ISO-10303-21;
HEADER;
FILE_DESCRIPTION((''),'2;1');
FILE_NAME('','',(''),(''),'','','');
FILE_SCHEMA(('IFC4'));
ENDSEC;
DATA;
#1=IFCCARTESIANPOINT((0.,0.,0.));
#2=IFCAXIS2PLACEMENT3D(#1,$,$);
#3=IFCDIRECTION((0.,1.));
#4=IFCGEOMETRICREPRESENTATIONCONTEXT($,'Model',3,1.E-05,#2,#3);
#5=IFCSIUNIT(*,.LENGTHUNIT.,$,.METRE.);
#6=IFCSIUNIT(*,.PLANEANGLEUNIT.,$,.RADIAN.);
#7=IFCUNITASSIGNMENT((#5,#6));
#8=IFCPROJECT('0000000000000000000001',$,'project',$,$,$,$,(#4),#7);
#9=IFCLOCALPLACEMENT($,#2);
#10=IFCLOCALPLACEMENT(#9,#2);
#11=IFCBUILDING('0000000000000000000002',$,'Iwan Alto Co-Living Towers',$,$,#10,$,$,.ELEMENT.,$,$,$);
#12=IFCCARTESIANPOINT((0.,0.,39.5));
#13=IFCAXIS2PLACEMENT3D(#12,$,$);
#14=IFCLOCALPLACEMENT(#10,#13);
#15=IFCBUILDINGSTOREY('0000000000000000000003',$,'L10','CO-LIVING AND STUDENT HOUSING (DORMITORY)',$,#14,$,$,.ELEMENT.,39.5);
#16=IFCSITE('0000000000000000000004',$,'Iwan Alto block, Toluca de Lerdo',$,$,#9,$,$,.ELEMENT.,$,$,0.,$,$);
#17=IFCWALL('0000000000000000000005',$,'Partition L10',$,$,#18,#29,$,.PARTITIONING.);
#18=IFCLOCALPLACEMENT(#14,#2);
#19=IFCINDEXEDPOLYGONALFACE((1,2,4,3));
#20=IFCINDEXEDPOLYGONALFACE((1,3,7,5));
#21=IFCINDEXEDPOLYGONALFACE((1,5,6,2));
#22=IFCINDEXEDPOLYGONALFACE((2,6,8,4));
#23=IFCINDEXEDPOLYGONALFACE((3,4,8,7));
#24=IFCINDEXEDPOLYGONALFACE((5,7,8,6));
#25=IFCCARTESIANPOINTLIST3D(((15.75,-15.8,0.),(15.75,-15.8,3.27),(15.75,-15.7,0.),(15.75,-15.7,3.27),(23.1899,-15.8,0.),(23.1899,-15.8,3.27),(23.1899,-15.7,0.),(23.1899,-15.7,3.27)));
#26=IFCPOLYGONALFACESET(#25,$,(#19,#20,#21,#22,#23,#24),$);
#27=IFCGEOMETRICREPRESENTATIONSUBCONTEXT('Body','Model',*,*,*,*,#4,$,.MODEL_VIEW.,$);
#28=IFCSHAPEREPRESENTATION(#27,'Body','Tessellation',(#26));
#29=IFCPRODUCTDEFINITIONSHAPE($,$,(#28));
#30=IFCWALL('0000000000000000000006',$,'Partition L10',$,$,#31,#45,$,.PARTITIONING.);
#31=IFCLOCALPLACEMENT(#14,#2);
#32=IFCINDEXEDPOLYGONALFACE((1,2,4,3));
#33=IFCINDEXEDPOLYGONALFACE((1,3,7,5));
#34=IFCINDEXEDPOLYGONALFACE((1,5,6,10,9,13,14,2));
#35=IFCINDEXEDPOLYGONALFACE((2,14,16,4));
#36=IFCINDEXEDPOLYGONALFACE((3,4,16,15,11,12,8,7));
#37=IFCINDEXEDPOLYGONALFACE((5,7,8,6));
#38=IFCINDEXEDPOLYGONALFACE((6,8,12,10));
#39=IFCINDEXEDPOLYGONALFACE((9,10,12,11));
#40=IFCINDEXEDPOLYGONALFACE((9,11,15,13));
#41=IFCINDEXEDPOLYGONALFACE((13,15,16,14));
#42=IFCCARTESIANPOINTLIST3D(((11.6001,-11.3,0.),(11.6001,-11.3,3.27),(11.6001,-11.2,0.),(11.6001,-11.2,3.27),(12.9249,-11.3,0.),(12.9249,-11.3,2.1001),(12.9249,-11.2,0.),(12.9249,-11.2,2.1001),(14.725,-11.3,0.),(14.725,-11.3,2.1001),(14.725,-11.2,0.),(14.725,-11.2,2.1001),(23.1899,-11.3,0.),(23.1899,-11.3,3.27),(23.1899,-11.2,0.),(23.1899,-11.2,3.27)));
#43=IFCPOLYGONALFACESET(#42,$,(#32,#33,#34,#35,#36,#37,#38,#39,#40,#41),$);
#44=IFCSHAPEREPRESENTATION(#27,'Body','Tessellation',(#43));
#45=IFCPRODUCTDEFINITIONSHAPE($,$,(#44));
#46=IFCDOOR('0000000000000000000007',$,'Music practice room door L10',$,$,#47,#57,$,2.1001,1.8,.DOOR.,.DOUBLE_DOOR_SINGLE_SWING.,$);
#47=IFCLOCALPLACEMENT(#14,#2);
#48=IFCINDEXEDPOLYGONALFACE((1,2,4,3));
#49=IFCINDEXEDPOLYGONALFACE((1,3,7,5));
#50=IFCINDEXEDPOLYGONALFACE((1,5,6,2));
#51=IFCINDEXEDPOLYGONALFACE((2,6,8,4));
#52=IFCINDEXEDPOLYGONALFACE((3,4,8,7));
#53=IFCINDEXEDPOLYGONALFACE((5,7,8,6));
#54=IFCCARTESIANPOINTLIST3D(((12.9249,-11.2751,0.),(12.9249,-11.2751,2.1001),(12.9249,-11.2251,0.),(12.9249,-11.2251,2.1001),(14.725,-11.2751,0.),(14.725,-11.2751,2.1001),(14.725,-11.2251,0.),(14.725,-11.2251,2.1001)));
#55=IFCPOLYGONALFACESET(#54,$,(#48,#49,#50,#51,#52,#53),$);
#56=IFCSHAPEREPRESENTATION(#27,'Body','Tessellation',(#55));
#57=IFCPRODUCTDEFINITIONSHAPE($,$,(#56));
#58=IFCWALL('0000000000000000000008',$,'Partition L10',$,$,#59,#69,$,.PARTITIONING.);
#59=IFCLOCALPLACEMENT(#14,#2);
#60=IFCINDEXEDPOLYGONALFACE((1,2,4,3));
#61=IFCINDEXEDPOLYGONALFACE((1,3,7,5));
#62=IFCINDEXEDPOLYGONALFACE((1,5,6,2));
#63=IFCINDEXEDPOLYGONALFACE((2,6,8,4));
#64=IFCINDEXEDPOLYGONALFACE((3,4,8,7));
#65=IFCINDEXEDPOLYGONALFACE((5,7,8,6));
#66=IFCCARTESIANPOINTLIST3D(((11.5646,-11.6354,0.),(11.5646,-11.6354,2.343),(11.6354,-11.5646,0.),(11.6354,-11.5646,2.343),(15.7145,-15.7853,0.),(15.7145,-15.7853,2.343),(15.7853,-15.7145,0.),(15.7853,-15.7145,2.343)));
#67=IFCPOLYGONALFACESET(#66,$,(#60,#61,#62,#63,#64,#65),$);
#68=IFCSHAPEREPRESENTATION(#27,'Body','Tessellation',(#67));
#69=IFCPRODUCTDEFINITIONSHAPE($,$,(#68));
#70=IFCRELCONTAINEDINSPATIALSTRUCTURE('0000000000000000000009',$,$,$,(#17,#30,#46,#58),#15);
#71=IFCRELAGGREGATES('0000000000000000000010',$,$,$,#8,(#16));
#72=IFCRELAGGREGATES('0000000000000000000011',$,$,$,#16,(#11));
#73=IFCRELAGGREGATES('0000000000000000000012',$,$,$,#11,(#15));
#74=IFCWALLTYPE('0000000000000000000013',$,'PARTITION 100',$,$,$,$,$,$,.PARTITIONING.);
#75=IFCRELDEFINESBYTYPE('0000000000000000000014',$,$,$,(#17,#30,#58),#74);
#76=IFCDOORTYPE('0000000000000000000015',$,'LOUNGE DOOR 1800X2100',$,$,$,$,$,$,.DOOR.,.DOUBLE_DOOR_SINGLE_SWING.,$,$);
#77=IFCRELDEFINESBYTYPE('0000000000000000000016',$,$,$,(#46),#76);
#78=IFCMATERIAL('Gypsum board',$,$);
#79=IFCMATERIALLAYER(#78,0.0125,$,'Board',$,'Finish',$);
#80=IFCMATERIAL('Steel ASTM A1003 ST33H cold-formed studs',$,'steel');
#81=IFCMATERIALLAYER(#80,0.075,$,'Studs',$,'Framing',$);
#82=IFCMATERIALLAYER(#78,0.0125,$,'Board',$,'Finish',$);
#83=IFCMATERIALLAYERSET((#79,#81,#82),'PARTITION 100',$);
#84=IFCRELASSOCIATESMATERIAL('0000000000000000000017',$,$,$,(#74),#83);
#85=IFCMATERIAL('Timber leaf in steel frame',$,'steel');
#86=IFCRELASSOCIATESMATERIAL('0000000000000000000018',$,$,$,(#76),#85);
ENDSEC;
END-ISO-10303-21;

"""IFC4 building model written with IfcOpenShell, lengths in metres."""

from ifc_helpers import new_model, si_unit, direction, frame, frame_2d, origin, place, context, subcontext, project, spatial, rectangle, extrude, material, layer, layer_set, type_object, element, fill, save


model = new_model("IFC4")

# Units and contexts
model_context = context("Model", 3, precision=1e-05, world=origin(), true_north=direction((0.0, 1.0)))
body_context = subcontext(model_context, "Body", "Model", "MODEL_VIEW")
ifc_project = project(units=[si_unit("LENGTHUNIT", "METRE"), si_unit("PLANEANGLEUNIT", "RADIAN")], contexts=[model_context])

# Site, building, storey
site_placement = place(None, origin())
site = spatial("IfcSite", under=ifc_project, at=site_placement, Name="Iwan Alto block, Toluca de Lerdo", CompositionType="ELEMENT", RefElevation=0.0)
building_placement = place(site_placement, origin())
building = spatial("IfcBuilding", under=site, at=building_placement, Name="Iwan Alto Co-Living Towers", CompositionType="ELEMENT")
storey_placement = place(building_placement, frame((0.0, 0.0, 39.5)))
storey = spatial("IfcBuildingStorey", under=building, at=storey_placement, Name="L10", Description="CO-LIVING AND STUDENT HOUSING (DORMITORY)", CompositionType="ELEMENT", Elevation=39.5)

# Shared definitions
ifc_material_1 = material(Name="Gypsum board")
ifc_material_2 = material(Name="Steel ASTM A1003 ST33H cold-formed studs", Category="steel")

# Wall
ifc_layer_1 = layer(ifc_material_1, 0.0125, Name="Board", Category="Finish")
ifc_layer_2 = layer(ifc_material_2, 0.075, Name="Studs", Category="Framing")
ifc_layer_3 = layer(ifc_material_1, 0.0125, Name="Board", Category="Finish")
ifc_layer_set_1 = layer_set([ifc_layer_1, ifc_layer_2, ifc_layer_3], Name="PARTITION 100")
wall_type_1 = type_object("IfcWallType", Name="PARTITION 100", PredefinedType="PARTITIONING", material=ifc_layer_set_1)
wall_1_placement = place(storey_placement, frame((15.75, -15.75, 0.0), z_axis=(0.0, 0.0, 1.0), x_axis=(1.0, 0.0, 0.0)))
element("IfcWall", 1, at=wall_1_placement, inside=storey, type_object=wall_type_1, Name="Partition L10", PredefinedType="PARTITIONING", context=body_context, shape_type="SweptSolid", body=[
    extrude(rectangle(XDim=7.4399, YDim=0.1001, at=frame_2d((3.72, 0.0))), origin(), (0.0, 0.0, 1.0), 3.27),
])

# Wall, opening, door
wall_2_placement = place(storey_placement, frame((11.6001, -11.25, 0.0), z_axis=(0.0, 0.0, 1.0), x_axis=(1.0, 0.0, 0.0)))
wall_2 = element("IfcWall", 2, at=wall_2_placement, inside=storey, type_object=wall_type_1, Name="Partition L10", PredefinedType="PARTITIONING", context=body_context, shape_type="SweptSolid", body=[
    extrude(rectangle(XDim=11.5898, YDim=0.1001, at=frame_2d((5.7949, 0.0))), origin(), (0.0, 0.0, 1.0), 3.27),
])
opening_1_placement = place(wall_2_placement, frame((1.325, 0.0, 0.0)))
opening_1 = element("IfcOpeningElement", 3, at=opening_1_placement, cuts=wall_2, PredefinedType="OPENING", context=body_context, shape_type="SweptSolid", body=[
    extrude(rectangle(XDim=1.8, YDim=2.1001, at=frame_2d((0.8999, 1.05))), frame((0.0, 0.0601, 0.0), z_axis=(0.0, -1.0, 0.0), x_axis=(1.0, 0.0, 0.0)), (0.0, 0.0, 1.0), 0.1201),
])
ifc_material_3 = material(Name="Timber leaf in steel frame", Category="steel")
door_type_1 = type_object("IfcDoorType", Name="LOUNGE DOOR 1800X2100", OperationType="DOUBLE_DOOR_SINGLE_SWING", PredefinedType="DOOR", material=ifc_material_3)
door_1_placement = place(opening_1_placement, origin())
door_1 = element("IfcDoor", 4, at=door_1_placement, inside=storey, type_object=door_type_1, Name="Music practice room door L10", OperationType="DOUBLE_DOOR_SINGLE_SWING", OverallHeight=2.1001, OverallWidth=1.8, PredefinedType="DOOR", context=body_context, shape_type="SweptSolid", body=[
    extrude(rectangle(XDim=1.8, YDim=2.1001, at=frame_2d((0.8999, 1.05))), frame((0.0, 0.0249, 0.0), z_axis=(0.0, -1.0, 0.0), x_axis=(1.0, 0.0, 0.0)), (0.0, 0.0, 1.0), 0.05),
])
fill(opening_1, door_1)

# Wall
wall_3_placement = place(storey_placement, frame((15.75, -15.75, 0.0), z_axis=(0.0, 0.0, 1.0), x_axis=(-0.707107, 0.707107, 0.0)))
element("IfcWall", 5, at=wall_3_placement, inside=storey, type_object=wall_type_1, Name="Partition L10", PredefinedType="PARTITIONING", context=body_context, shape_type="SweptSolid", body=[
    extrude(rectangle(XDim=5.8689, YDim=0.1001, at=frame_2d((2.9346, 0.0))), origin(), (0.0, 0.0, 1.0), 2.343),
])

save(model, "model.ifc")
